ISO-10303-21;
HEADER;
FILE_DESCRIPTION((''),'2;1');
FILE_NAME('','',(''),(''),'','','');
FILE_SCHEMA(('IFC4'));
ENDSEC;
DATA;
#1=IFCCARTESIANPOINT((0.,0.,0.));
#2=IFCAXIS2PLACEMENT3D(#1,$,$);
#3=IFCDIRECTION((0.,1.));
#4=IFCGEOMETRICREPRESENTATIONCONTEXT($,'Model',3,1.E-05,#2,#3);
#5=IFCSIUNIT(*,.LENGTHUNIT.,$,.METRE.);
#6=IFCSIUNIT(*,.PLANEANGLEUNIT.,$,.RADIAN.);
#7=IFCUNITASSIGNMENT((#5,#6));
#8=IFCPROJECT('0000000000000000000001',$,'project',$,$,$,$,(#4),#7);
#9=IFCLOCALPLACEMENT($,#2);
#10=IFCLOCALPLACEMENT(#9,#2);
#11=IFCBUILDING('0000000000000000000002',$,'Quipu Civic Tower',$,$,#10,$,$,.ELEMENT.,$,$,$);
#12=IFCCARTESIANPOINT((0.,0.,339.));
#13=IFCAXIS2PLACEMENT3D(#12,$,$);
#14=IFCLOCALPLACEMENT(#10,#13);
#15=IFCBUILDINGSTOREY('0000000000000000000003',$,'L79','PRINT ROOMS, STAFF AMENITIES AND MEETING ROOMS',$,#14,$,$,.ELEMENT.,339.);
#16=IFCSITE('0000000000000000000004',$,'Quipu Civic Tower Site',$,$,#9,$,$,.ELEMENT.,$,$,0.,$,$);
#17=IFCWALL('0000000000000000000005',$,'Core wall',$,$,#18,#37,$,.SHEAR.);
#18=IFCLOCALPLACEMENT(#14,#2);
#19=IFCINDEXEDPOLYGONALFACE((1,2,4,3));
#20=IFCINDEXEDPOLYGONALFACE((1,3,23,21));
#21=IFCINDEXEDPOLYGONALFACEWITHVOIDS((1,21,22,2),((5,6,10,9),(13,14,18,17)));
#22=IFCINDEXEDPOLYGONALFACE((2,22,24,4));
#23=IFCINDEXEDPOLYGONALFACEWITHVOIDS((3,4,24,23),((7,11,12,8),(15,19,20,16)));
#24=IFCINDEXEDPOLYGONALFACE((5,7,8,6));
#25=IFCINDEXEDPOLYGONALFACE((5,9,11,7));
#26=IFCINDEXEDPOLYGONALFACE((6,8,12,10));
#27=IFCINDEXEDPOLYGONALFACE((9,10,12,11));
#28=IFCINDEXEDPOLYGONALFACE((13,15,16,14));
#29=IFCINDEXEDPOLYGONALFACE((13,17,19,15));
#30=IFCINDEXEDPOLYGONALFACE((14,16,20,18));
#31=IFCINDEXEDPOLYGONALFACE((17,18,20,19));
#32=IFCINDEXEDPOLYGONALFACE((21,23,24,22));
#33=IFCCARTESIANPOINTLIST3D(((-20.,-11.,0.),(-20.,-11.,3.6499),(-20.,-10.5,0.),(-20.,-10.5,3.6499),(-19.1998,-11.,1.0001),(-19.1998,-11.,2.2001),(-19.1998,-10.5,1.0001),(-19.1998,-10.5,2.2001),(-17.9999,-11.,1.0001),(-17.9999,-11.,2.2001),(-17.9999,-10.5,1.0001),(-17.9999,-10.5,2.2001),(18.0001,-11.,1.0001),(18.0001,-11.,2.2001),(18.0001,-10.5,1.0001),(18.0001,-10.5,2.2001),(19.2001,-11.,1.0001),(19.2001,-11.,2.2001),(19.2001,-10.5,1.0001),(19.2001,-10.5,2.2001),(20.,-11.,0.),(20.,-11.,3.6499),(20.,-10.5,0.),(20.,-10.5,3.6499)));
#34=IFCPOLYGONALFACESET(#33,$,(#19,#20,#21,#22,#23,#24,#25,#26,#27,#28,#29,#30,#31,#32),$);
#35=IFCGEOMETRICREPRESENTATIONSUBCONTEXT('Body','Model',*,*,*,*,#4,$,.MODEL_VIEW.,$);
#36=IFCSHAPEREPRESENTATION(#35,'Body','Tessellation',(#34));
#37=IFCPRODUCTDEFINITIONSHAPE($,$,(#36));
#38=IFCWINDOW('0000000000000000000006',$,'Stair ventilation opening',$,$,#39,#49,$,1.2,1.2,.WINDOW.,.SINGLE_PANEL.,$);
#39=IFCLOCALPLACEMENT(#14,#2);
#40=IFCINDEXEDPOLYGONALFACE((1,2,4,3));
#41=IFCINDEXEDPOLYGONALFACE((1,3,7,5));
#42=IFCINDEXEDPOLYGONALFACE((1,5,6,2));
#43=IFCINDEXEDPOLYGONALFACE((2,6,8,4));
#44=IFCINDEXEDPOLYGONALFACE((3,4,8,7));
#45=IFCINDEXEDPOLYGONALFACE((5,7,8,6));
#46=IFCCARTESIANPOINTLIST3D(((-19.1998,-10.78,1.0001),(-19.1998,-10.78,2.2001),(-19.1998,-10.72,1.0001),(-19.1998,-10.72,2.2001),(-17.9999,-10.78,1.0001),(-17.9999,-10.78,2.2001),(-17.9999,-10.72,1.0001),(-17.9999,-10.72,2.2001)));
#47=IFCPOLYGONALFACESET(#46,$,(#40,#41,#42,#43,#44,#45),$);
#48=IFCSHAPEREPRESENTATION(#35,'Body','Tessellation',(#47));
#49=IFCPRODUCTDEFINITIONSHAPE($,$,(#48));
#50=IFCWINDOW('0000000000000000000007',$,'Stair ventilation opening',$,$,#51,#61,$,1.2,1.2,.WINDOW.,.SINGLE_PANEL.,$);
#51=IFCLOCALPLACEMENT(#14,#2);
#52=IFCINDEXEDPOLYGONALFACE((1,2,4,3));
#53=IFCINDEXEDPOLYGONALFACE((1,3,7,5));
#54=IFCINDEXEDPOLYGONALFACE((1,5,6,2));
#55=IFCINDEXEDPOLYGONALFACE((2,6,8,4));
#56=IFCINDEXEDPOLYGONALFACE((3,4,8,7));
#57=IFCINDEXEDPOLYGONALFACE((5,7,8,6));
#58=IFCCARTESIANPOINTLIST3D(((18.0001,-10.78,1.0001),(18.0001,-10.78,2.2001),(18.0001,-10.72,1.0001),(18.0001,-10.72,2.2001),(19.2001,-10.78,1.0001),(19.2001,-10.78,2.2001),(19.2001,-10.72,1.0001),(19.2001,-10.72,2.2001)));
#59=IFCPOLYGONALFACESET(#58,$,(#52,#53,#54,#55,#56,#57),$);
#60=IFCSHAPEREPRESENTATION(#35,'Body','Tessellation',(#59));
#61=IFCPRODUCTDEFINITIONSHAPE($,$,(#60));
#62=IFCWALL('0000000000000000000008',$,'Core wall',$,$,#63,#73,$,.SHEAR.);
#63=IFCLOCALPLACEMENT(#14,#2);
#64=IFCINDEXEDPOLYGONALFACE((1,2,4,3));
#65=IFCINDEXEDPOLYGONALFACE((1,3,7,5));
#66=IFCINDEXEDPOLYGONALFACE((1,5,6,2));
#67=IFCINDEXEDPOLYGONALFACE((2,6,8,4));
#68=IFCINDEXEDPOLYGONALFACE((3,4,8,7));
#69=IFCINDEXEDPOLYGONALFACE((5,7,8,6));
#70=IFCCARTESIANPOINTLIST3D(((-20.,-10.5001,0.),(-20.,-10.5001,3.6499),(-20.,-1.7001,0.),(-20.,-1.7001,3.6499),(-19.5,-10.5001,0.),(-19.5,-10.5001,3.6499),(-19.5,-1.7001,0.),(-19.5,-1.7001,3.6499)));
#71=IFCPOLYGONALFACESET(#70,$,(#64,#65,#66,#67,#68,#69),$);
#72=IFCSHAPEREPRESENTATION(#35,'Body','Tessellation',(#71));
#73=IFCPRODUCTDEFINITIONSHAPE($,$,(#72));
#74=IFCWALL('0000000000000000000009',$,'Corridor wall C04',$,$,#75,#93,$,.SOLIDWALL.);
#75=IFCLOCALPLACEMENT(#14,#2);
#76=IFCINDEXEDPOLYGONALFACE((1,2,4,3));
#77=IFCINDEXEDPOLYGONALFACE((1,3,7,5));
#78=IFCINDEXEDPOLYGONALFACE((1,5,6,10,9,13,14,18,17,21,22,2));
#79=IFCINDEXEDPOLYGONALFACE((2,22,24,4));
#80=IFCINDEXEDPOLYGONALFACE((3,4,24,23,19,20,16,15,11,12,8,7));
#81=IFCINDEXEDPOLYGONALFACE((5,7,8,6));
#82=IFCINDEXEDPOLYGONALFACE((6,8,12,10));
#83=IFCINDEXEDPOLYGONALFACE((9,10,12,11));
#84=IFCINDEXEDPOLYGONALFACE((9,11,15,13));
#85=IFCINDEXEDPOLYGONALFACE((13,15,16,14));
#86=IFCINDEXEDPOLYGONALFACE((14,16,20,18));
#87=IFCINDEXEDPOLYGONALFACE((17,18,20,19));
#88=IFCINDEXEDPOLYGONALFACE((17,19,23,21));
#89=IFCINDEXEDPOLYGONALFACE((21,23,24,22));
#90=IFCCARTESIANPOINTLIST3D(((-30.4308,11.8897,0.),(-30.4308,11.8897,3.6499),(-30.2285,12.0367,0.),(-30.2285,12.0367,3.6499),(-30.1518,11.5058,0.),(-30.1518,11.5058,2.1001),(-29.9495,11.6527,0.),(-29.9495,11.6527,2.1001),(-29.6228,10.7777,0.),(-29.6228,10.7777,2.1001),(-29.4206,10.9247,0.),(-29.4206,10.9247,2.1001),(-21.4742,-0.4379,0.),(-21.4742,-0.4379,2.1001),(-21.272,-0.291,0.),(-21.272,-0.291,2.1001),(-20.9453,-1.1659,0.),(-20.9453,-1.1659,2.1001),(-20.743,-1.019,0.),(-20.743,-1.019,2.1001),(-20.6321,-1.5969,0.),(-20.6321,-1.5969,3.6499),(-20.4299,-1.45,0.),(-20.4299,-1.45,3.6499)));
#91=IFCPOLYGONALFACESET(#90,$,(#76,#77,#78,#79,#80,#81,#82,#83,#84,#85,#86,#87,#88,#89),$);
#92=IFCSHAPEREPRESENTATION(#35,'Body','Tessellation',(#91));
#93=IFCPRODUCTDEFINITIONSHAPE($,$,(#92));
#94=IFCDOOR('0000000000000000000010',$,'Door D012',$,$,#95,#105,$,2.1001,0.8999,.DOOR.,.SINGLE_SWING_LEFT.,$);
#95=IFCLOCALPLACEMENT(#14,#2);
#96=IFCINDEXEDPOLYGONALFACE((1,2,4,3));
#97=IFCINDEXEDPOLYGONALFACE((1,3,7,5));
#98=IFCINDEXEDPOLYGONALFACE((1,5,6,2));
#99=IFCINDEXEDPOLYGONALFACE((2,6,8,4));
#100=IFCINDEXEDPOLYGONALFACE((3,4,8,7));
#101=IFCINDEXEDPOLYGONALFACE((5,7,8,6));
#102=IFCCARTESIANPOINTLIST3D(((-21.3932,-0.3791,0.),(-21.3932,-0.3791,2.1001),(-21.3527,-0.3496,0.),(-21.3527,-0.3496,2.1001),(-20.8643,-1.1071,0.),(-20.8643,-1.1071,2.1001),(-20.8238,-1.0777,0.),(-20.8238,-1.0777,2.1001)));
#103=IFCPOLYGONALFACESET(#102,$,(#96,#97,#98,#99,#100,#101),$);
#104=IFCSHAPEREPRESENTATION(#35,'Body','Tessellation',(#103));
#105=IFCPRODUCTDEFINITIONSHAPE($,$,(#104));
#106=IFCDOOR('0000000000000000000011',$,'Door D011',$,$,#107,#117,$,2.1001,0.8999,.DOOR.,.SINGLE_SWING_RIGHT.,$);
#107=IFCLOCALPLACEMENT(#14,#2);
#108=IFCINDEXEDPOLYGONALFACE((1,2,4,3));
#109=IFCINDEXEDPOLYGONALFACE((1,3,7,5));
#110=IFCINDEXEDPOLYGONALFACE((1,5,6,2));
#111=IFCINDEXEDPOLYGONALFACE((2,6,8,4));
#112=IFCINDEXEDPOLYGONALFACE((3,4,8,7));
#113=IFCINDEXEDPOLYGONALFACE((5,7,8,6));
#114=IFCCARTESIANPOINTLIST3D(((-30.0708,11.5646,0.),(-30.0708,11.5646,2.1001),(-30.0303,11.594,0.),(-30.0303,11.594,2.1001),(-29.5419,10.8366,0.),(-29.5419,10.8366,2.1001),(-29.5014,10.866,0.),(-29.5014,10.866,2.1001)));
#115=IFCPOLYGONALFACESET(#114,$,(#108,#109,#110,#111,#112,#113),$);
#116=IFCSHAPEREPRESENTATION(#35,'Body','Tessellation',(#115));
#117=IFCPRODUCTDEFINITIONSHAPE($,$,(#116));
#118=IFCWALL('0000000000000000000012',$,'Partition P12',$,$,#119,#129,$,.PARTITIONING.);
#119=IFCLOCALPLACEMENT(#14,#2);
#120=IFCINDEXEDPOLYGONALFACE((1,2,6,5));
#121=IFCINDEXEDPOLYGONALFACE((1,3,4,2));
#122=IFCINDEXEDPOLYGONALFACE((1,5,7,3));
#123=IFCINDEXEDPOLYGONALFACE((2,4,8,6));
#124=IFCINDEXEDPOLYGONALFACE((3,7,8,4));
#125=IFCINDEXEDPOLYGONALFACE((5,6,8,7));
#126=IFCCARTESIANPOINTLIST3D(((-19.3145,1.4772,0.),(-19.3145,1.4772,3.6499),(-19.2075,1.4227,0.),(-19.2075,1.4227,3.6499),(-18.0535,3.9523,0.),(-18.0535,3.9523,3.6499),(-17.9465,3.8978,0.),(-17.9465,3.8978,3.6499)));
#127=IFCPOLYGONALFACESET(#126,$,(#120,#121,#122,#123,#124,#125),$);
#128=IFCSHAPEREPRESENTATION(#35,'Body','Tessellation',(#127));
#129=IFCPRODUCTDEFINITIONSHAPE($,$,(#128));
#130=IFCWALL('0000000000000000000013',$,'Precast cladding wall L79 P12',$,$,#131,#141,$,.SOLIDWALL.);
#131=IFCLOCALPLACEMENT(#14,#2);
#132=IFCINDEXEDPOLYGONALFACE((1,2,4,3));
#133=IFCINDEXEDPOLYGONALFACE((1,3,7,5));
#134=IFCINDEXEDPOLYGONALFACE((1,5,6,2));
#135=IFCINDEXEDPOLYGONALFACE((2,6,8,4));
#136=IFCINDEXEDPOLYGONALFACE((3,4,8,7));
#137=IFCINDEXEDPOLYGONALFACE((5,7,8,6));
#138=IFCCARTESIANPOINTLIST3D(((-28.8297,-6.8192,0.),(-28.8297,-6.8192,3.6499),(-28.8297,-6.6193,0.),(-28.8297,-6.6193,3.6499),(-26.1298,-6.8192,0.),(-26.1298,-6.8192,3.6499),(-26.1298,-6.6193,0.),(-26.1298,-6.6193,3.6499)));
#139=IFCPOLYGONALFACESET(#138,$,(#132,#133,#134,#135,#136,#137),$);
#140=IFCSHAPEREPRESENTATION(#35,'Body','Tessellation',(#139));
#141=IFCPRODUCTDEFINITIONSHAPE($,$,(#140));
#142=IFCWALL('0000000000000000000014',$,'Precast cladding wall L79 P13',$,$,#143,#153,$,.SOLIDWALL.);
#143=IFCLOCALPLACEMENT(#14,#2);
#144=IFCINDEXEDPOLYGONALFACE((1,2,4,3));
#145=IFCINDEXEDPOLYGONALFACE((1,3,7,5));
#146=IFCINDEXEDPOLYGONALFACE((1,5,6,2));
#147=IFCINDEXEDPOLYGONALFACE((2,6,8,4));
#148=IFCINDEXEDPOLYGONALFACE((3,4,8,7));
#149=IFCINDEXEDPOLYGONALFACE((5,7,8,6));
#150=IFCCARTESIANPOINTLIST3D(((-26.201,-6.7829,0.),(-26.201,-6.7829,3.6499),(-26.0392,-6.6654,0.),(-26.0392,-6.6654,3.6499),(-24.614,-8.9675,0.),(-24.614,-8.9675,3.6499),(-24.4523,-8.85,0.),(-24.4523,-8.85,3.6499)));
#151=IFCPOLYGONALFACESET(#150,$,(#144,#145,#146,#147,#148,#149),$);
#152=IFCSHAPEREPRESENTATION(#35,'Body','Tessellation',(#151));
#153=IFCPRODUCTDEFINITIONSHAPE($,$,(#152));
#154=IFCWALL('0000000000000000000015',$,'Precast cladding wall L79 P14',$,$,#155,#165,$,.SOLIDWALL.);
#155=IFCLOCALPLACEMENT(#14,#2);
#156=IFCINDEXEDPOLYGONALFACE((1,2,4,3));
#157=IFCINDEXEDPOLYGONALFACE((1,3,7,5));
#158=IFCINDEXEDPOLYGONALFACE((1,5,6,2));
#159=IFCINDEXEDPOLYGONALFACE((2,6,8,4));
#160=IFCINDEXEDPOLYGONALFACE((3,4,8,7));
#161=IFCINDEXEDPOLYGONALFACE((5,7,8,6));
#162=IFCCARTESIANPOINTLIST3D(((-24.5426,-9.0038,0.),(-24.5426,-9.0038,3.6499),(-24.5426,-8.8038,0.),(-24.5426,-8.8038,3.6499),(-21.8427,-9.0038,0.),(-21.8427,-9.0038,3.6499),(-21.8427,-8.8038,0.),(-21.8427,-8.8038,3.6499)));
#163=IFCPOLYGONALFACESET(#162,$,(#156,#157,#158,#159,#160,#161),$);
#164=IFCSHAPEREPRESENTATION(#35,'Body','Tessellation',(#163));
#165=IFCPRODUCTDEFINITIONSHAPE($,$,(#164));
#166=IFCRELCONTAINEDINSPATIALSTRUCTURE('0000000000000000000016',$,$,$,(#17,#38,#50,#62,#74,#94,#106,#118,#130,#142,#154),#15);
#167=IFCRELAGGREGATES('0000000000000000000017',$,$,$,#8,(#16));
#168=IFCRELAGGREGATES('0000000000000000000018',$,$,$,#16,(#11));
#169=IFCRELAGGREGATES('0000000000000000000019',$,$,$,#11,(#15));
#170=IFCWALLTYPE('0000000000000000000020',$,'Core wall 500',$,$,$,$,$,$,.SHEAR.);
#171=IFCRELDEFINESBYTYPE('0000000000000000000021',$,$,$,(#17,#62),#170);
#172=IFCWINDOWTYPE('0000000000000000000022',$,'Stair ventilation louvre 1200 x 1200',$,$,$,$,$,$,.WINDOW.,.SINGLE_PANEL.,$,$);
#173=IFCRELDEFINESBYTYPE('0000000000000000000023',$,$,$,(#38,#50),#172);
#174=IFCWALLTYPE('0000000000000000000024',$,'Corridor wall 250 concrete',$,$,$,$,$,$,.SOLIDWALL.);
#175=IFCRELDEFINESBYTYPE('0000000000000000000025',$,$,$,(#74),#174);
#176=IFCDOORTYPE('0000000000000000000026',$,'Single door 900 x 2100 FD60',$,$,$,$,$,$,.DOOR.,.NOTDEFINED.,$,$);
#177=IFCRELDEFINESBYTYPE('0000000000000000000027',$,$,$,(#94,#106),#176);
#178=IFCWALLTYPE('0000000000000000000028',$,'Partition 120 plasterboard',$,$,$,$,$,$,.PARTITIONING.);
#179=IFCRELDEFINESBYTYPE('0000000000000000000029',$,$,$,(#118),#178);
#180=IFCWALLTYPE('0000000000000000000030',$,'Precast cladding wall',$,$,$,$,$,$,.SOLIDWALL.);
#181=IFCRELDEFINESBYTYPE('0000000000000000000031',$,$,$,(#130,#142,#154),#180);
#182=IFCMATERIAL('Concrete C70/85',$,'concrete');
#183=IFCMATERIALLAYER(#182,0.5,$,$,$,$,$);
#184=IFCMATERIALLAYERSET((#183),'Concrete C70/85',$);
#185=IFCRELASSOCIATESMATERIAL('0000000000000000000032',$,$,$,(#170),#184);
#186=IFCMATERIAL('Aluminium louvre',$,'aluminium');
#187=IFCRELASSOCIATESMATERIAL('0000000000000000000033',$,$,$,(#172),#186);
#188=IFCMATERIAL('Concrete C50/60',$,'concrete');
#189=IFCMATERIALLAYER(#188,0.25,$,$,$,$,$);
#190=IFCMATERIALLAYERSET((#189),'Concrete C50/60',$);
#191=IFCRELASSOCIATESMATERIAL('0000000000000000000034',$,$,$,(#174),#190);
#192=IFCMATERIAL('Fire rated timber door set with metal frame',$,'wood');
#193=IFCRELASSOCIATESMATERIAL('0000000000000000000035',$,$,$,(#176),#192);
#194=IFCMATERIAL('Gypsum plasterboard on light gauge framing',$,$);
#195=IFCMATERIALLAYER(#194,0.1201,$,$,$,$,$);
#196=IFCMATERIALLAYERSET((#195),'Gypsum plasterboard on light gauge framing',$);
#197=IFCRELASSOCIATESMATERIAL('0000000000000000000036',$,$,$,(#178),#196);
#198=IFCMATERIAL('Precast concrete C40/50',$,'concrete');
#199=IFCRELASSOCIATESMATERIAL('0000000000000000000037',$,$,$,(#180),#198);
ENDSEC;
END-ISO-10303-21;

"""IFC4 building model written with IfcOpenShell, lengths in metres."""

from ifc_helpers import new_model, si_unit, direction, frame, frame_2d, origin, place, context, subcontext, project, spatial, rectangle, extrude, material, layer, layer_set, type_object, element, fill, save


model = new_model("IFC4")

# Units and contexts
model_context = context("Model", 3, precision=1e-05, world=origin(), true_north=direction((0.0, 1.0)))
body_context = subcontext(model_context, "Body", "Model", "MODEL_VIEW")
ifc_project = project(units=[si_unit("LENGTHUNIT", "METRE"), si_unit("PLANEANGLEUNIT", "RADIAN")], contexts=[model_context])

# Site, building, storey
site_placement = place(None, origin())
site = spatial("IfcSite", under=ifc_project, at=site_placement, Name="Quipu Civic Tower Site", CompositionType="ELEMENT", RefElevation=0.0)
building_placement = place(site_placement, origin())
building = spatial("IfcBuilding", under=site, at=building_placement, Name="Quipu Civic Tower", CompositionType="ELEMENT")
storey_placement = place(building_placement, frame((0.0, 0.0, 339.0)))
storey = spatial("IfcBuildingStorey", under=building, at=storey_placement, Name="L79", Description="PRINT ROOMS, STAFF AMENITIES AND MEETING ROOMS", CompositionType="ELEMENT", Elevation=339.0)

# Wall, openings, windows
ifc_material_1 = material(Name="Concrete C70/85", Category="concrete")
ifc_layer_1 = layer(ifc_material_1, 0.5)
ifc_layer_set_1 = layer_set([ifc_layer_1], Name="Concrete C70/85")
wall_type_1 = type_object("IfcWallType", Name="Core wall 500", PredefinedType="SHEAR", material=ifc_layer_set_1)
wall_1_placement = place(storey_placement, frame((-20.0, -10.75, 0.0), z_axis=(0.0, 0.0, 1.0), x_axis=(1.0, 0.0, 0.0)))
wall_1 = element("IfcWall", 1, at=wall_1_placement, inside=storey, type_object=wall_type_1, Name="Core wall", PredefinedType="SHEAR", context=body_context, shape_type="SweptSolid", body=[
    extrude(rectangle(XDim=40.0, YDim=0.5, at=frame_2d((20.0, 0.0))), origin(), (0.0, 0.0, 1.0), 3.6499),
])
opening_1_placement = place(wall_1_placement, frame((0.8, 0.0, 1.0)))
opening_1 = element("IfcOpeningElement", 2, at=opening_1_placement, cuts=wall_1, PredefinedType="OPENING", context=body_context, shape_type="SweptSolid", body=[
    extrude(rectangle(XDim=1.2, YDim=1.2, at=frame_2d((0.6001, 0.6001))), frame((0.0, 0.26, 0.0), z_axis=(0.0, -1.0, 0.0), x_axis=(1.0, 0.0, 0.0)), (0.0, 0.0, 1.0), 0.52),
])
opening_2_placement = place(wall_1_placement, frame((38.0, 0.0, 1.0)))
opening_2 = element("IfcOpeningElement", 3, at=opening_2_placement, cuts=wall_1, PredefinedType="OPENING", context=body_context, shape_type="SweptSolid", body=[
    extrude(rectangle(XDim=1.2, YDim=1.2, at=frame_2d((0.6001, 0.6001))), frame((0.0, 0.26, 0.0), z_axis=(0.0, -1.0, 0.0), x_axis=(1.0, 0.0, 0.0)), (0.0, 0.0, 1.0), 0.52),
])
ifc_material_2 = material(Name="Aluminium louvre", Category="aluminium")
window_type = type_object("IfcWindowType", Name="Stair ventilation louvre 1200 x 1200", PartitioningType="SINGLE_PANEL", PredefinedType="WINDOW", material=ifc_material_2)
window_1_placement = place(opening_1_placement, origin())
window_1 = element("IfcWindow", 4, at=window_1_placement, inside=storey, type_object=window_type, Name="Stair ventilation opening", OverallHeight=1.2, OverallWidth=1.2, PartitioningType="SINGLE_PANEL", PredefinedType="WINDOW", context=body_context, shape_type="SweptSolid", body=[
    extrude(rectangle(XDim=1.2, YDim=1.2, at=frame_2d((0.6001, 0.6001))), frame((0.0, 0.03, 0.0), z_axis=(0.0, -1.0, 0.0), x_axis=(1.0, 0.0, 0.0)), (0.0, 0.0, 1.0), 0.0601),
])
fill(opening_1, window_1)
window_2_placement = place(opening_2_placement, origin())
window_2 = element("IfcWindow", 5, at=window_2_placement, inside=storey, type_object=window_type, Name="Stair ventilation opening", OverallHeight=1.2, OverallWidth=1.2, PartitioningType="SINGLE_PANEL", PredefinedType="WINDOW", context=body_context, shape_type="SweptSolid", body=[
    extrude(rectangle(XDim=1.2, YDim=1.2, at=frame_2d((0.6001, 0.6001))), frame((0.0, 0.03, 0.0), z_axis=(0.0, -1.0, 0.0), x_axis=(1.0, 0.0, 0.0)), (0.0, 0.0, 1.0), 0.0601),
])
fill(opening_2, window_2)

# Wall
wall_2_placement = place(storey_placement, frame((-19.75, -10.5, 0.0), z_axis=(0.0, 0.0, 1.0), x_axis=(0.0, 1.0, 0.0)))
element("IfcWall", 6, at=wall_2_placement, inside=storey, type_object=wall_type_1, Name="Core wall", PredefinedType="SHEAR", context=body_context, shape_type="SweptSolid", body=[
    extrude(rectangle(XDim=8.8, YDim=0.5, at=frame_2d((4.3999, 0.0))), origin(), (0.0, 0.0, 1.0), 3.6499),
])

# Wall, openings, doors
ifc_material_3 = material(Name="Concrete C50/60", Category="concrete")
ifc_layer_2 = layer(ifc_material_3, 0.25)
ifc_layer_set_2 = layer_set([ifc_layer_2], Name="Concrete C50/60")
wall_type_2 = type_object("IfcWallType", Name="Corridor wall 250 concrete", PredefinedType="SOLIDWALL", material=ifc_layer_set_2)
wall_3_placement = place(storey_placement, frame((-20.531, -1.5234, 0.0), z_axis=(0.0, 0.0, 1.0), x_axis=(-0.587786, 0.809017, 0.0)))
wall_3 = element("IfcWall", 7, at=wall_3_placement, inside=storey, type_object=wall_type_2, Name="Corridor wall C04", PredefinedType="SOLIDWALL", context=body_context, shape_type="SweptSolid", body=[
    extrude(rectangle(XDim=16.6704, YDim=0.25, at=frame_2d((8.3352, 0.0))), origin(), (0.0, 0.0, 1.0), 3.6499),
])
opening_3_placement = place(wall_3_placement, frame((0.5327, 0.0, 0.0)))
opening_3 = element("IfcOpeningElement", 8, at=opening_3_placement, cuts=wall_3, PredefinedType="OPENING", context=body_context, shape_type="SweptSolid", body=[
    extrude(rectangle(XDim=0.8999, YDim=2.1001, at=frame_2d((0.45, 1.05))), frame((0.0, 0.135, 0.0), z_axis=(0.0, -1.0, 0.0), x_axis=(1.0, 0.0, 0.0)), (0.0, 0.0, 1.0), 0.27),
])
opening_4_placement = place(wall_3_placement, frame((15.2959, 0.0, 0.0)))
opening_4 = element("IfcOpeningElement", 9, at=opening_4_placement, cuts=wall_3, PredefinedType="OPENING", context=body_context, shape_type="SweptSolid", body=[
    extrude(rectangle(XDim=0.8999, YDim=2.1001, at=frame_2d((0.45, 1.05))), frame((0.0, 0.135, 0.0), z_axis=(0.0, -1.0, 0.0), x_axis=(1.0, 0.0, 0.0)), (0.0, 0.0, 1.0), 0.27),
])
ifc_material_4 = material(Name="Fire rated timber door set with metal frame", Category="wood")
door_type_1 = type_object("IfcDoorType", Name="Single door 900 x 2100 FD60", OperationType="NOTDEFINED", PredefinedType="DOOR", material=ifc_material_4)
door_1_placement = place(opening_3_placement, origin())
door_1 = element("IfcDoor", 10, at=door_1_placement, inside=storey, type_object=door_type_1, Name="Door D012", OperationType="SINGLE_SWING_LEFT", OverallHeight=2.1001, OverallWidth=0.8999, PredefinedType="DOOR", context=body_context, shape_type="SweptSolid", body=[
    extrude(rectangle(XDim=0.8999, YDim=2.1001, at=frame_2d((0.45, 1.05))), frame((0.0, 0.0249, 0.0), z_axis=(0.0, -1.0, 0.0), x_axis=(1.0, 0.0, 0.0)), (0.0, 0.0, 1.0), 0.05),
])
fill(opening_3, door_1)
door_2_placement = place(opening_4_placement, origin())
door_2 = element("IfcDoor", 11, at=door_2_placement, inside=storey, type_object=door_type_1, Name="Door D011", OperationType="SINGLE_SWING_RIGHT", OverallHeight=2.1001, OverallWidth=0.8999, PredefinedType="DOOR", context=body_context, shape_type="SweptSolid", body=[
    extrude(rectangle(XDim=0.8999, YDim=2.1001, at=frame_2d((0.45, 1.05))), frame((0.0, 0.0249, 0.0), z_axis=(0.0, -1.0, 0.0), x_axis=(1.0, 0.0, 0.0)), (0.0, 0.0, 1.0), 0.05),
])
fill(opening_4, door_2)

# Walls
ifc_material_5 = material(Name="Gypsum plasterboard on light gauge framing")
ifc_layer_3 = layer(ifc_material_5, 0.1201)
ifc_layer_set_3 = layer_set([ifc_layer_3], Name="Gypsum plasterboard on light gauge framing")
wall_type_3 = type_object("IfcWallType", Name="Partition 120 plasterboard", PredefinedType="PARTITIONING", material=ifc_layer_set_3)
wall_4_placement = place(storey_placement, frame((-19.261, 1.45, 0.0), z_axis=(0.0, 0.0, 1.0), x_axis=(0.453951, 0.891027, 0.0)))
element("IfcWall", 12, at=wall_4_placement, inside=storey, type_object=wall_type_3, Name="Partition P12", PredefinedType="PARTITIONING", context=body_context, shape_type="SweptSolid", body=[
    extrude(rectangle(XDim=2.7778, YDim=0.1201, at=frame_2d((1.3889, 0.0))), origin(), (0.0, 0.0, 1.0), 3.6499),
])
ifc_material_6 = material(Name="Precast concrete C40/50", Category="concrete")
wall_type_4 = type_object("IfcWallType", Name="Precast cladding wall", PredefinedType="SOLIDWALL", material=ifc_material_6)
wall_5_placement = place(storey_placement, frame((-28.8298, -6.7192, 0.0), z_axis=(0.0, 0.0, 1.0), x_axis=(1.0, 0.0, 0.0)))
element("IfcWall", 13, at=wall_5_placement, inside=storey, type_object=wall_type_4, Name="Precast cladding wall L79 P12", PredefinedType="SOLIDWALL", context=body_context, shape_type="SweptSolid", body=[
    extrude(rectangle(XDim=2.7, YDim=0.2, at=frame_2d((1.3501, 0.0))), origin(), (0.0, 0.0, 1.0), 3.6499),
])
wall_6_placement = place(storey_placement, frame((-26.1201, -6.7241, 0.0), z_axis=(0.0, 0.0, 1.0), x_axis=(0.58772, -0.809064, 0.0)))
element("IfcWall", 14, at=wall_6_placement, inside=storey, type_object=wall_type_4, Name="Precast cladding wall L79 P13", PredefinedType="SOLIDWALL", context=body_context, shape_type="SweptSolid", body=[
    extrude(rectangle(XDim=2.7002, YDim=0.2, at=frame_2d((1.3501, 0.0))), origin(), (0.0, 0.0, 1.0), 3.6499),
])
wall_7_placement = place(storey_placement, frame((-24.5427, -8.9038, 0.0), z_axis=(0.0, 0.0, 1.0), x_axis=(1.0, 0.0, 0.0)))
element("IfcWall", 15, at=wall_7_placement, inside=storey, type_object=wall_type_4, Name="Precast cladding wall L79 P14", PredefinedType="SOLIDWALL", context=body_context, shape_type="SweptSolid", body=[
    extrude(rectangle(XDim=2.7, YDim=0.2, at=frame_2d((1.3501, 0.0))), origin(), (0.0, 0.0, 1.0), 3.6499),
])

save(model, "model.ifc")
